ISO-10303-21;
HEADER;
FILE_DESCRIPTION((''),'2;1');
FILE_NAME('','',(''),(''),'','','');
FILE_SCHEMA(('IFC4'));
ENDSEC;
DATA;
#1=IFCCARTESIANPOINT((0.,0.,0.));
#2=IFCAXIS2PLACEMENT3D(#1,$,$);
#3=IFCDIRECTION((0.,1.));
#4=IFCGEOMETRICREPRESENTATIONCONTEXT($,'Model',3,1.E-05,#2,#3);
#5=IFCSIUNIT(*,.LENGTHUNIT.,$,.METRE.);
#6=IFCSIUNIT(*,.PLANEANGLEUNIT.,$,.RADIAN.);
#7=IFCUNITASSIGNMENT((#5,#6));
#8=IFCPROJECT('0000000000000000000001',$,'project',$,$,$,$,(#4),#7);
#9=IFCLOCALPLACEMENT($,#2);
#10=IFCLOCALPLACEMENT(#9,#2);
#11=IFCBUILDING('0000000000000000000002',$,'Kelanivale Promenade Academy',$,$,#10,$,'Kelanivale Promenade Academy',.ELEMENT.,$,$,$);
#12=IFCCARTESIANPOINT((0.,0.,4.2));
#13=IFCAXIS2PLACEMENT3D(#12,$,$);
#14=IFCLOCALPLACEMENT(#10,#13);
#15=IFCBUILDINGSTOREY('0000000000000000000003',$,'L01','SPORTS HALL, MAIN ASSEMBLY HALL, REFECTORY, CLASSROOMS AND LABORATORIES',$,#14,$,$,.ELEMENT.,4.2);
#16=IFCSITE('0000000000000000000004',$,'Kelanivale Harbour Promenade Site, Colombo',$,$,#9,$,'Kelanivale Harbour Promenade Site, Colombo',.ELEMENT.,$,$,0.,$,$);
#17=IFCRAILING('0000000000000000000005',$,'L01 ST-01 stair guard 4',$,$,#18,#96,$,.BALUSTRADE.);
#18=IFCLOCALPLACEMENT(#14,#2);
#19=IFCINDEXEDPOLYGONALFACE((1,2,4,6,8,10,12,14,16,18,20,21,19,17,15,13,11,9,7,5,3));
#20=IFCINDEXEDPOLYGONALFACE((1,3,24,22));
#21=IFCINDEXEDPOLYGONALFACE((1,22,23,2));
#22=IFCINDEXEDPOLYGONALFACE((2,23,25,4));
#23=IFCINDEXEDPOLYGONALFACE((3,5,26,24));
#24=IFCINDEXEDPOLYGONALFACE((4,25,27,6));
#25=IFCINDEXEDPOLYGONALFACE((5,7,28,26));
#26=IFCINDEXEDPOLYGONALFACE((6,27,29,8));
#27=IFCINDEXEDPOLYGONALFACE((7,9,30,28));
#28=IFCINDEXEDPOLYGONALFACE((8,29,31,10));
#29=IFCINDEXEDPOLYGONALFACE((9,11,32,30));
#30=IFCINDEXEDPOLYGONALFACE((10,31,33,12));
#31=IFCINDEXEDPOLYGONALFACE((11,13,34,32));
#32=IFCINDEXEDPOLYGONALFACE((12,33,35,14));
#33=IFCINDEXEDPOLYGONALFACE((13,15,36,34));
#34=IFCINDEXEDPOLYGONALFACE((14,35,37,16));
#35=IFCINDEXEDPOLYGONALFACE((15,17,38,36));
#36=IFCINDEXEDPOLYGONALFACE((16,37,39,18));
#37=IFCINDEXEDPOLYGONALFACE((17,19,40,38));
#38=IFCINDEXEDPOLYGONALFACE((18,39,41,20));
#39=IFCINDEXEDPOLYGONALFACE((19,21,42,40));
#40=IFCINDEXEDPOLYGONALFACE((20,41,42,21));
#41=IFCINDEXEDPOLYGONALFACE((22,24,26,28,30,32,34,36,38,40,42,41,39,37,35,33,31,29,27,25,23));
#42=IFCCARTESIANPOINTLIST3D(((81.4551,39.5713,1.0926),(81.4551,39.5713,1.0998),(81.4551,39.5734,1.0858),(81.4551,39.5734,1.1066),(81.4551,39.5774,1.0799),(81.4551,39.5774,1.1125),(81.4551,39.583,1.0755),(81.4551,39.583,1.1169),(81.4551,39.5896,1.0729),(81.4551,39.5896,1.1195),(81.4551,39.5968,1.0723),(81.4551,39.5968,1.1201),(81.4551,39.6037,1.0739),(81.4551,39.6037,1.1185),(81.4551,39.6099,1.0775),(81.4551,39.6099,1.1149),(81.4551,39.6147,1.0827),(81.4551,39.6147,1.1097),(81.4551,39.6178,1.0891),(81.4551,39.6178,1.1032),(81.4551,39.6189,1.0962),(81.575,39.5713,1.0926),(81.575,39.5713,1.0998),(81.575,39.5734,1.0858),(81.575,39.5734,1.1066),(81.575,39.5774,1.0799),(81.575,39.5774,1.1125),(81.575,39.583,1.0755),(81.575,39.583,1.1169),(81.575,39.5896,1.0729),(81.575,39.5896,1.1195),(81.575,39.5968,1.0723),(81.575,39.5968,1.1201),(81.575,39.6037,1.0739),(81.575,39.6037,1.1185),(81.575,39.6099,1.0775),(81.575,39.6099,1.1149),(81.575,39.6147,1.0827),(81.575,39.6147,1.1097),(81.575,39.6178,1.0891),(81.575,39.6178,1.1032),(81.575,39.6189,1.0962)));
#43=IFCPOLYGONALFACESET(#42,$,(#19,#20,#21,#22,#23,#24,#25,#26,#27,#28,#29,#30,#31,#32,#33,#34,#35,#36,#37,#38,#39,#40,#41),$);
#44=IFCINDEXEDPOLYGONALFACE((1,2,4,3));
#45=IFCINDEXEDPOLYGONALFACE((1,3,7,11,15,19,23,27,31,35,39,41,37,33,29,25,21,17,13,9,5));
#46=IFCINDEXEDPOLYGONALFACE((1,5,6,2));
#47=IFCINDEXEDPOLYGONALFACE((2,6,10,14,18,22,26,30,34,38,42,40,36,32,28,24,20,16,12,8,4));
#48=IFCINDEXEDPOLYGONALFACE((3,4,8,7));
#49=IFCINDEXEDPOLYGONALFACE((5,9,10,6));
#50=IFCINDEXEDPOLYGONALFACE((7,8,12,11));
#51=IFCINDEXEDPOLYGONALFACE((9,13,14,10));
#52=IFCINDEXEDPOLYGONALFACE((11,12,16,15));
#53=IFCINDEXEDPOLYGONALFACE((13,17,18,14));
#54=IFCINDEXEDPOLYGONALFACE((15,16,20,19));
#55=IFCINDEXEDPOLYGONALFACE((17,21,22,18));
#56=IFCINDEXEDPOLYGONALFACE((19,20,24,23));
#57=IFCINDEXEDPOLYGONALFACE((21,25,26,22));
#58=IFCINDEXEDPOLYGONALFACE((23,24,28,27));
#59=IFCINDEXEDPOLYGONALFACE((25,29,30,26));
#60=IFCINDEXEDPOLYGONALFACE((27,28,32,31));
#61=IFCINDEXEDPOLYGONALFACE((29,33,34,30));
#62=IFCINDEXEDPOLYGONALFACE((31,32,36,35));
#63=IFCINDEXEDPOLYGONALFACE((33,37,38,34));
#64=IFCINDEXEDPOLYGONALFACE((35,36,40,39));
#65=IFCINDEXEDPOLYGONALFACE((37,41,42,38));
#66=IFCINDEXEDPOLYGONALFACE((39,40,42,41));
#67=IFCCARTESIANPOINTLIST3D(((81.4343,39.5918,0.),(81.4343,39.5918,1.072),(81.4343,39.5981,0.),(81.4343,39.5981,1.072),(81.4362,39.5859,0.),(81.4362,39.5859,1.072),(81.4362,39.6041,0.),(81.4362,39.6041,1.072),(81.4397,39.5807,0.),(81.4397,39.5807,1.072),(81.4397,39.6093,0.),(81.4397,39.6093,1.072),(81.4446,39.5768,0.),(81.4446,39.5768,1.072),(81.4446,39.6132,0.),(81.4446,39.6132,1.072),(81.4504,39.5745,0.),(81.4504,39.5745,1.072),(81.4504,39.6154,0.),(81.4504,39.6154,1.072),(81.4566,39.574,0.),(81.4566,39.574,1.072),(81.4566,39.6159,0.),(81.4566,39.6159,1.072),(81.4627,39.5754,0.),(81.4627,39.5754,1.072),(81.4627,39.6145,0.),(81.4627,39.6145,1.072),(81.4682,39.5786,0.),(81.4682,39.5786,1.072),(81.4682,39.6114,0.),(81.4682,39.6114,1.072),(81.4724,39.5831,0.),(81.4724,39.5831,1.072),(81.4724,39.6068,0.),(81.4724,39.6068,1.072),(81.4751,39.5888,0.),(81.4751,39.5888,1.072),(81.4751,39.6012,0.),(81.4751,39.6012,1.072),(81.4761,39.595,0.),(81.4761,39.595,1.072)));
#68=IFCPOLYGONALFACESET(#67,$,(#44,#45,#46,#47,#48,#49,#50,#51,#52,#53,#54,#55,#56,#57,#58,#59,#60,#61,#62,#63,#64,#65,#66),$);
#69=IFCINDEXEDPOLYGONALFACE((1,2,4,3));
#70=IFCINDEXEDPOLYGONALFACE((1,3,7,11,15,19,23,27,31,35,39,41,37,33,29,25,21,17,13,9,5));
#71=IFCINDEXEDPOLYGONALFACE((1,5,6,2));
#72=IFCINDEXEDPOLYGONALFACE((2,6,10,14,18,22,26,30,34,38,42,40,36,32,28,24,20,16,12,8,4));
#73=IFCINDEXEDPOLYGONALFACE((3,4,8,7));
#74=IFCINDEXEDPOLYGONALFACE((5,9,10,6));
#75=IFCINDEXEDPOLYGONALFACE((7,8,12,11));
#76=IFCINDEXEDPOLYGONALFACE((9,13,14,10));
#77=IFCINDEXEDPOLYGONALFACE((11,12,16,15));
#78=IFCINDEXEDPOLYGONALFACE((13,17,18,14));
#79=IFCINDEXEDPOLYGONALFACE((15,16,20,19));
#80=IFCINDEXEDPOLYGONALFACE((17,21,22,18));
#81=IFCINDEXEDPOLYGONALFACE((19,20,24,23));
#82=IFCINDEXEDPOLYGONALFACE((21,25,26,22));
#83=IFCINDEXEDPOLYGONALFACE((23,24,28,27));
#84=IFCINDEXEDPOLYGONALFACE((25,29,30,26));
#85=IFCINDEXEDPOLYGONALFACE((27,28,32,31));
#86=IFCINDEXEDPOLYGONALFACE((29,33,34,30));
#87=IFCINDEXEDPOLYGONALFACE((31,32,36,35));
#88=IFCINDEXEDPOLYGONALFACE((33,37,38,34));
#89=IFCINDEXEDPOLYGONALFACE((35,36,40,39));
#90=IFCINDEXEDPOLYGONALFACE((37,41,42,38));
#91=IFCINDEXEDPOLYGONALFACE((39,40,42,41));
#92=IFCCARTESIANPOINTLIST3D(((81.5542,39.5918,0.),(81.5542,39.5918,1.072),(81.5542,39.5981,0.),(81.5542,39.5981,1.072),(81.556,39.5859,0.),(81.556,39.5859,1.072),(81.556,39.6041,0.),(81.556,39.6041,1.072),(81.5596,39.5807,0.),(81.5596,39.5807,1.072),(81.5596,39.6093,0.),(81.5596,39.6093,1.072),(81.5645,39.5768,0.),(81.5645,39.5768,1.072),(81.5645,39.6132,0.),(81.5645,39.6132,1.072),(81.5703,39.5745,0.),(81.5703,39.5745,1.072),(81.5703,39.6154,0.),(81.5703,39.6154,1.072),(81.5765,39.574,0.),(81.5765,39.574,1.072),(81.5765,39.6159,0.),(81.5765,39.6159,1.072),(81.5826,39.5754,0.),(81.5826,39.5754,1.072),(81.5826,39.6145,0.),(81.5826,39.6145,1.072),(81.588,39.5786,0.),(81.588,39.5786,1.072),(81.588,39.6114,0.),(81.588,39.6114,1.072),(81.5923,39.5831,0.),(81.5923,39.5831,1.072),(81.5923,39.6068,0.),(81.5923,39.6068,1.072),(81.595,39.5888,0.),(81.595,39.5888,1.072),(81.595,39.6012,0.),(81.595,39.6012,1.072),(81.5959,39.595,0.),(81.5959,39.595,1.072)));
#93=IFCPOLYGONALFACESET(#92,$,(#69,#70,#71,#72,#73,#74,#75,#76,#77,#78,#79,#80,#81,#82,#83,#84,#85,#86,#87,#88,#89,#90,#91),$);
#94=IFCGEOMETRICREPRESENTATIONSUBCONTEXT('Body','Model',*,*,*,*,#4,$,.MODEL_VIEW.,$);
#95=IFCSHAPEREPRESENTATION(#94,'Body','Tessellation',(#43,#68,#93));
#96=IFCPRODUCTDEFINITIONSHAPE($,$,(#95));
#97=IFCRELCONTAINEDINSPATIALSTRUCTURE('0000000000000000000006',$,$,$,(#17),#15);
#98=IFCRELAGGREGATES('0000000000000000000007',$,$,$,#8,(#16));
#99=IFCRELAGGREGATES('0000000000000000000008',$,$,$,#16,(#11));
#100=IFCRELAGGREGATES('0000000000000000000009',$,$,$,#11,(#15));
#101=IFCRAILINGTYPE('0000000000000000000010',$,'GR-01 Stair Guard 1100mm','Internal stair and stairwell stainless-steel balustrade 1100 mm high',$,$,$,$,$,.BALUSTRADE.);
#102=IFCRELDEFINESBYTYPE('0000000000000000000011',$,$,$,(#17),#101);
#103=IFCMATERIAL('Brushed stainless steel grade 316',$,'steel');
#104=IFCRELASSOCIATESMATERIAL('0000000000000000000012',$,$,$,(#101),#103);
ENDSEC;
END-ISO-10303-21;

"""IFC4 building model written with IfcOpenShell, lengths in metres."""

from ifc_helpers import new_model, si_unit, direction, frame, origin, origin_2d, place, context, subcontext, project, spatial, circle, extrude, material, type_object, element, save


model = new_model("IFC4")

# Units and contexts
model_context = context("Model", 3, precision=1e-05, world=origin(), true_north=direction((0.0, 1.0)))
body_context = subcontext(model_context, "Body", "Model", "MODEL_VIEW")
ifc_project = project(units=[si_unit("LENGTHUNIT", "METRE"), si_unit("PLANEANGLEUNIT", "RADIAN")], contexts=[model_context])

# Site, building, storey
site_placement = place(None, origin())
site = spatial("IfcSite", under=ifc_project, at=site_placement, Name="Kelanivale Harbour Promenade Site, Colombo", LongName="Kelanivale Harbour Promenade Site, Colombo", CompositionType="ELEMENT", RefElevation=0.0)
building_placement = place(site_placement, origin())
building = spatial("IfcBuilding", under=site, at=building_placement, Name="Kelanivale Promenade Academy", LongName="Kelanivale Promenade Academy", CompositionType="ELEMENT")
storey_placement = place(building_placement, frame((0.0, 0.0, 4.2)))
storey = spatial("IfcBuildingStorey", under=building, at=storey_placement, Name="L01", Description="SPORTS HALL, MAIN ASSEMBLY HALL, REFECTORY, CLASSROOMS AND LABORATORIES", CompositionType="ELEMENT", Elevation=4.2)

# Railing
ifc_material_1 = material(Name="Brushed stainless steel grade 316", Category="steel")
railing_type_1 = type_object("IfcRailingType", Name="GR-01 Stair Guard 1100mm", Description="Internal stair and stairwell stainless-steel balustrade 1100 mm high", PredefinedType="BALUSTRADE", material=ifc_material_1)
railing_1_placement = place(storey_placement, frame((81.4551, 39.595, 0.0)))
element("IfcRailing", 1, at=railing_1_placement, inside=storey, type_object=railing_type_1, Name="L01 ST-01 stair guard 4", PredefinedType="BALUSTRADE", context=body_context, shape_type="SweptSolid", body=[
    extrude(circle(Radius=0.0239, at=origin_2d()), frame((0.0, 0.0, 1.0962), z_axis=(1.0, 0.0, 0.0), x_axis=(0.0, 1.0, 0.0)), (0.0, 0.0, 1.0), 0.1199),
    extrude(circle(Radius=0.021, at=origin_2d()), origin(), (0.0, 0.0, 1.0), 1.072),
    extrude(circle(Radius=0.021, at=origin_2d()), frame((0.1199, 0.0, 0.0)), (0.0, 0.0, 1.0), 1.072),
])

save(model, "model.ifc")
